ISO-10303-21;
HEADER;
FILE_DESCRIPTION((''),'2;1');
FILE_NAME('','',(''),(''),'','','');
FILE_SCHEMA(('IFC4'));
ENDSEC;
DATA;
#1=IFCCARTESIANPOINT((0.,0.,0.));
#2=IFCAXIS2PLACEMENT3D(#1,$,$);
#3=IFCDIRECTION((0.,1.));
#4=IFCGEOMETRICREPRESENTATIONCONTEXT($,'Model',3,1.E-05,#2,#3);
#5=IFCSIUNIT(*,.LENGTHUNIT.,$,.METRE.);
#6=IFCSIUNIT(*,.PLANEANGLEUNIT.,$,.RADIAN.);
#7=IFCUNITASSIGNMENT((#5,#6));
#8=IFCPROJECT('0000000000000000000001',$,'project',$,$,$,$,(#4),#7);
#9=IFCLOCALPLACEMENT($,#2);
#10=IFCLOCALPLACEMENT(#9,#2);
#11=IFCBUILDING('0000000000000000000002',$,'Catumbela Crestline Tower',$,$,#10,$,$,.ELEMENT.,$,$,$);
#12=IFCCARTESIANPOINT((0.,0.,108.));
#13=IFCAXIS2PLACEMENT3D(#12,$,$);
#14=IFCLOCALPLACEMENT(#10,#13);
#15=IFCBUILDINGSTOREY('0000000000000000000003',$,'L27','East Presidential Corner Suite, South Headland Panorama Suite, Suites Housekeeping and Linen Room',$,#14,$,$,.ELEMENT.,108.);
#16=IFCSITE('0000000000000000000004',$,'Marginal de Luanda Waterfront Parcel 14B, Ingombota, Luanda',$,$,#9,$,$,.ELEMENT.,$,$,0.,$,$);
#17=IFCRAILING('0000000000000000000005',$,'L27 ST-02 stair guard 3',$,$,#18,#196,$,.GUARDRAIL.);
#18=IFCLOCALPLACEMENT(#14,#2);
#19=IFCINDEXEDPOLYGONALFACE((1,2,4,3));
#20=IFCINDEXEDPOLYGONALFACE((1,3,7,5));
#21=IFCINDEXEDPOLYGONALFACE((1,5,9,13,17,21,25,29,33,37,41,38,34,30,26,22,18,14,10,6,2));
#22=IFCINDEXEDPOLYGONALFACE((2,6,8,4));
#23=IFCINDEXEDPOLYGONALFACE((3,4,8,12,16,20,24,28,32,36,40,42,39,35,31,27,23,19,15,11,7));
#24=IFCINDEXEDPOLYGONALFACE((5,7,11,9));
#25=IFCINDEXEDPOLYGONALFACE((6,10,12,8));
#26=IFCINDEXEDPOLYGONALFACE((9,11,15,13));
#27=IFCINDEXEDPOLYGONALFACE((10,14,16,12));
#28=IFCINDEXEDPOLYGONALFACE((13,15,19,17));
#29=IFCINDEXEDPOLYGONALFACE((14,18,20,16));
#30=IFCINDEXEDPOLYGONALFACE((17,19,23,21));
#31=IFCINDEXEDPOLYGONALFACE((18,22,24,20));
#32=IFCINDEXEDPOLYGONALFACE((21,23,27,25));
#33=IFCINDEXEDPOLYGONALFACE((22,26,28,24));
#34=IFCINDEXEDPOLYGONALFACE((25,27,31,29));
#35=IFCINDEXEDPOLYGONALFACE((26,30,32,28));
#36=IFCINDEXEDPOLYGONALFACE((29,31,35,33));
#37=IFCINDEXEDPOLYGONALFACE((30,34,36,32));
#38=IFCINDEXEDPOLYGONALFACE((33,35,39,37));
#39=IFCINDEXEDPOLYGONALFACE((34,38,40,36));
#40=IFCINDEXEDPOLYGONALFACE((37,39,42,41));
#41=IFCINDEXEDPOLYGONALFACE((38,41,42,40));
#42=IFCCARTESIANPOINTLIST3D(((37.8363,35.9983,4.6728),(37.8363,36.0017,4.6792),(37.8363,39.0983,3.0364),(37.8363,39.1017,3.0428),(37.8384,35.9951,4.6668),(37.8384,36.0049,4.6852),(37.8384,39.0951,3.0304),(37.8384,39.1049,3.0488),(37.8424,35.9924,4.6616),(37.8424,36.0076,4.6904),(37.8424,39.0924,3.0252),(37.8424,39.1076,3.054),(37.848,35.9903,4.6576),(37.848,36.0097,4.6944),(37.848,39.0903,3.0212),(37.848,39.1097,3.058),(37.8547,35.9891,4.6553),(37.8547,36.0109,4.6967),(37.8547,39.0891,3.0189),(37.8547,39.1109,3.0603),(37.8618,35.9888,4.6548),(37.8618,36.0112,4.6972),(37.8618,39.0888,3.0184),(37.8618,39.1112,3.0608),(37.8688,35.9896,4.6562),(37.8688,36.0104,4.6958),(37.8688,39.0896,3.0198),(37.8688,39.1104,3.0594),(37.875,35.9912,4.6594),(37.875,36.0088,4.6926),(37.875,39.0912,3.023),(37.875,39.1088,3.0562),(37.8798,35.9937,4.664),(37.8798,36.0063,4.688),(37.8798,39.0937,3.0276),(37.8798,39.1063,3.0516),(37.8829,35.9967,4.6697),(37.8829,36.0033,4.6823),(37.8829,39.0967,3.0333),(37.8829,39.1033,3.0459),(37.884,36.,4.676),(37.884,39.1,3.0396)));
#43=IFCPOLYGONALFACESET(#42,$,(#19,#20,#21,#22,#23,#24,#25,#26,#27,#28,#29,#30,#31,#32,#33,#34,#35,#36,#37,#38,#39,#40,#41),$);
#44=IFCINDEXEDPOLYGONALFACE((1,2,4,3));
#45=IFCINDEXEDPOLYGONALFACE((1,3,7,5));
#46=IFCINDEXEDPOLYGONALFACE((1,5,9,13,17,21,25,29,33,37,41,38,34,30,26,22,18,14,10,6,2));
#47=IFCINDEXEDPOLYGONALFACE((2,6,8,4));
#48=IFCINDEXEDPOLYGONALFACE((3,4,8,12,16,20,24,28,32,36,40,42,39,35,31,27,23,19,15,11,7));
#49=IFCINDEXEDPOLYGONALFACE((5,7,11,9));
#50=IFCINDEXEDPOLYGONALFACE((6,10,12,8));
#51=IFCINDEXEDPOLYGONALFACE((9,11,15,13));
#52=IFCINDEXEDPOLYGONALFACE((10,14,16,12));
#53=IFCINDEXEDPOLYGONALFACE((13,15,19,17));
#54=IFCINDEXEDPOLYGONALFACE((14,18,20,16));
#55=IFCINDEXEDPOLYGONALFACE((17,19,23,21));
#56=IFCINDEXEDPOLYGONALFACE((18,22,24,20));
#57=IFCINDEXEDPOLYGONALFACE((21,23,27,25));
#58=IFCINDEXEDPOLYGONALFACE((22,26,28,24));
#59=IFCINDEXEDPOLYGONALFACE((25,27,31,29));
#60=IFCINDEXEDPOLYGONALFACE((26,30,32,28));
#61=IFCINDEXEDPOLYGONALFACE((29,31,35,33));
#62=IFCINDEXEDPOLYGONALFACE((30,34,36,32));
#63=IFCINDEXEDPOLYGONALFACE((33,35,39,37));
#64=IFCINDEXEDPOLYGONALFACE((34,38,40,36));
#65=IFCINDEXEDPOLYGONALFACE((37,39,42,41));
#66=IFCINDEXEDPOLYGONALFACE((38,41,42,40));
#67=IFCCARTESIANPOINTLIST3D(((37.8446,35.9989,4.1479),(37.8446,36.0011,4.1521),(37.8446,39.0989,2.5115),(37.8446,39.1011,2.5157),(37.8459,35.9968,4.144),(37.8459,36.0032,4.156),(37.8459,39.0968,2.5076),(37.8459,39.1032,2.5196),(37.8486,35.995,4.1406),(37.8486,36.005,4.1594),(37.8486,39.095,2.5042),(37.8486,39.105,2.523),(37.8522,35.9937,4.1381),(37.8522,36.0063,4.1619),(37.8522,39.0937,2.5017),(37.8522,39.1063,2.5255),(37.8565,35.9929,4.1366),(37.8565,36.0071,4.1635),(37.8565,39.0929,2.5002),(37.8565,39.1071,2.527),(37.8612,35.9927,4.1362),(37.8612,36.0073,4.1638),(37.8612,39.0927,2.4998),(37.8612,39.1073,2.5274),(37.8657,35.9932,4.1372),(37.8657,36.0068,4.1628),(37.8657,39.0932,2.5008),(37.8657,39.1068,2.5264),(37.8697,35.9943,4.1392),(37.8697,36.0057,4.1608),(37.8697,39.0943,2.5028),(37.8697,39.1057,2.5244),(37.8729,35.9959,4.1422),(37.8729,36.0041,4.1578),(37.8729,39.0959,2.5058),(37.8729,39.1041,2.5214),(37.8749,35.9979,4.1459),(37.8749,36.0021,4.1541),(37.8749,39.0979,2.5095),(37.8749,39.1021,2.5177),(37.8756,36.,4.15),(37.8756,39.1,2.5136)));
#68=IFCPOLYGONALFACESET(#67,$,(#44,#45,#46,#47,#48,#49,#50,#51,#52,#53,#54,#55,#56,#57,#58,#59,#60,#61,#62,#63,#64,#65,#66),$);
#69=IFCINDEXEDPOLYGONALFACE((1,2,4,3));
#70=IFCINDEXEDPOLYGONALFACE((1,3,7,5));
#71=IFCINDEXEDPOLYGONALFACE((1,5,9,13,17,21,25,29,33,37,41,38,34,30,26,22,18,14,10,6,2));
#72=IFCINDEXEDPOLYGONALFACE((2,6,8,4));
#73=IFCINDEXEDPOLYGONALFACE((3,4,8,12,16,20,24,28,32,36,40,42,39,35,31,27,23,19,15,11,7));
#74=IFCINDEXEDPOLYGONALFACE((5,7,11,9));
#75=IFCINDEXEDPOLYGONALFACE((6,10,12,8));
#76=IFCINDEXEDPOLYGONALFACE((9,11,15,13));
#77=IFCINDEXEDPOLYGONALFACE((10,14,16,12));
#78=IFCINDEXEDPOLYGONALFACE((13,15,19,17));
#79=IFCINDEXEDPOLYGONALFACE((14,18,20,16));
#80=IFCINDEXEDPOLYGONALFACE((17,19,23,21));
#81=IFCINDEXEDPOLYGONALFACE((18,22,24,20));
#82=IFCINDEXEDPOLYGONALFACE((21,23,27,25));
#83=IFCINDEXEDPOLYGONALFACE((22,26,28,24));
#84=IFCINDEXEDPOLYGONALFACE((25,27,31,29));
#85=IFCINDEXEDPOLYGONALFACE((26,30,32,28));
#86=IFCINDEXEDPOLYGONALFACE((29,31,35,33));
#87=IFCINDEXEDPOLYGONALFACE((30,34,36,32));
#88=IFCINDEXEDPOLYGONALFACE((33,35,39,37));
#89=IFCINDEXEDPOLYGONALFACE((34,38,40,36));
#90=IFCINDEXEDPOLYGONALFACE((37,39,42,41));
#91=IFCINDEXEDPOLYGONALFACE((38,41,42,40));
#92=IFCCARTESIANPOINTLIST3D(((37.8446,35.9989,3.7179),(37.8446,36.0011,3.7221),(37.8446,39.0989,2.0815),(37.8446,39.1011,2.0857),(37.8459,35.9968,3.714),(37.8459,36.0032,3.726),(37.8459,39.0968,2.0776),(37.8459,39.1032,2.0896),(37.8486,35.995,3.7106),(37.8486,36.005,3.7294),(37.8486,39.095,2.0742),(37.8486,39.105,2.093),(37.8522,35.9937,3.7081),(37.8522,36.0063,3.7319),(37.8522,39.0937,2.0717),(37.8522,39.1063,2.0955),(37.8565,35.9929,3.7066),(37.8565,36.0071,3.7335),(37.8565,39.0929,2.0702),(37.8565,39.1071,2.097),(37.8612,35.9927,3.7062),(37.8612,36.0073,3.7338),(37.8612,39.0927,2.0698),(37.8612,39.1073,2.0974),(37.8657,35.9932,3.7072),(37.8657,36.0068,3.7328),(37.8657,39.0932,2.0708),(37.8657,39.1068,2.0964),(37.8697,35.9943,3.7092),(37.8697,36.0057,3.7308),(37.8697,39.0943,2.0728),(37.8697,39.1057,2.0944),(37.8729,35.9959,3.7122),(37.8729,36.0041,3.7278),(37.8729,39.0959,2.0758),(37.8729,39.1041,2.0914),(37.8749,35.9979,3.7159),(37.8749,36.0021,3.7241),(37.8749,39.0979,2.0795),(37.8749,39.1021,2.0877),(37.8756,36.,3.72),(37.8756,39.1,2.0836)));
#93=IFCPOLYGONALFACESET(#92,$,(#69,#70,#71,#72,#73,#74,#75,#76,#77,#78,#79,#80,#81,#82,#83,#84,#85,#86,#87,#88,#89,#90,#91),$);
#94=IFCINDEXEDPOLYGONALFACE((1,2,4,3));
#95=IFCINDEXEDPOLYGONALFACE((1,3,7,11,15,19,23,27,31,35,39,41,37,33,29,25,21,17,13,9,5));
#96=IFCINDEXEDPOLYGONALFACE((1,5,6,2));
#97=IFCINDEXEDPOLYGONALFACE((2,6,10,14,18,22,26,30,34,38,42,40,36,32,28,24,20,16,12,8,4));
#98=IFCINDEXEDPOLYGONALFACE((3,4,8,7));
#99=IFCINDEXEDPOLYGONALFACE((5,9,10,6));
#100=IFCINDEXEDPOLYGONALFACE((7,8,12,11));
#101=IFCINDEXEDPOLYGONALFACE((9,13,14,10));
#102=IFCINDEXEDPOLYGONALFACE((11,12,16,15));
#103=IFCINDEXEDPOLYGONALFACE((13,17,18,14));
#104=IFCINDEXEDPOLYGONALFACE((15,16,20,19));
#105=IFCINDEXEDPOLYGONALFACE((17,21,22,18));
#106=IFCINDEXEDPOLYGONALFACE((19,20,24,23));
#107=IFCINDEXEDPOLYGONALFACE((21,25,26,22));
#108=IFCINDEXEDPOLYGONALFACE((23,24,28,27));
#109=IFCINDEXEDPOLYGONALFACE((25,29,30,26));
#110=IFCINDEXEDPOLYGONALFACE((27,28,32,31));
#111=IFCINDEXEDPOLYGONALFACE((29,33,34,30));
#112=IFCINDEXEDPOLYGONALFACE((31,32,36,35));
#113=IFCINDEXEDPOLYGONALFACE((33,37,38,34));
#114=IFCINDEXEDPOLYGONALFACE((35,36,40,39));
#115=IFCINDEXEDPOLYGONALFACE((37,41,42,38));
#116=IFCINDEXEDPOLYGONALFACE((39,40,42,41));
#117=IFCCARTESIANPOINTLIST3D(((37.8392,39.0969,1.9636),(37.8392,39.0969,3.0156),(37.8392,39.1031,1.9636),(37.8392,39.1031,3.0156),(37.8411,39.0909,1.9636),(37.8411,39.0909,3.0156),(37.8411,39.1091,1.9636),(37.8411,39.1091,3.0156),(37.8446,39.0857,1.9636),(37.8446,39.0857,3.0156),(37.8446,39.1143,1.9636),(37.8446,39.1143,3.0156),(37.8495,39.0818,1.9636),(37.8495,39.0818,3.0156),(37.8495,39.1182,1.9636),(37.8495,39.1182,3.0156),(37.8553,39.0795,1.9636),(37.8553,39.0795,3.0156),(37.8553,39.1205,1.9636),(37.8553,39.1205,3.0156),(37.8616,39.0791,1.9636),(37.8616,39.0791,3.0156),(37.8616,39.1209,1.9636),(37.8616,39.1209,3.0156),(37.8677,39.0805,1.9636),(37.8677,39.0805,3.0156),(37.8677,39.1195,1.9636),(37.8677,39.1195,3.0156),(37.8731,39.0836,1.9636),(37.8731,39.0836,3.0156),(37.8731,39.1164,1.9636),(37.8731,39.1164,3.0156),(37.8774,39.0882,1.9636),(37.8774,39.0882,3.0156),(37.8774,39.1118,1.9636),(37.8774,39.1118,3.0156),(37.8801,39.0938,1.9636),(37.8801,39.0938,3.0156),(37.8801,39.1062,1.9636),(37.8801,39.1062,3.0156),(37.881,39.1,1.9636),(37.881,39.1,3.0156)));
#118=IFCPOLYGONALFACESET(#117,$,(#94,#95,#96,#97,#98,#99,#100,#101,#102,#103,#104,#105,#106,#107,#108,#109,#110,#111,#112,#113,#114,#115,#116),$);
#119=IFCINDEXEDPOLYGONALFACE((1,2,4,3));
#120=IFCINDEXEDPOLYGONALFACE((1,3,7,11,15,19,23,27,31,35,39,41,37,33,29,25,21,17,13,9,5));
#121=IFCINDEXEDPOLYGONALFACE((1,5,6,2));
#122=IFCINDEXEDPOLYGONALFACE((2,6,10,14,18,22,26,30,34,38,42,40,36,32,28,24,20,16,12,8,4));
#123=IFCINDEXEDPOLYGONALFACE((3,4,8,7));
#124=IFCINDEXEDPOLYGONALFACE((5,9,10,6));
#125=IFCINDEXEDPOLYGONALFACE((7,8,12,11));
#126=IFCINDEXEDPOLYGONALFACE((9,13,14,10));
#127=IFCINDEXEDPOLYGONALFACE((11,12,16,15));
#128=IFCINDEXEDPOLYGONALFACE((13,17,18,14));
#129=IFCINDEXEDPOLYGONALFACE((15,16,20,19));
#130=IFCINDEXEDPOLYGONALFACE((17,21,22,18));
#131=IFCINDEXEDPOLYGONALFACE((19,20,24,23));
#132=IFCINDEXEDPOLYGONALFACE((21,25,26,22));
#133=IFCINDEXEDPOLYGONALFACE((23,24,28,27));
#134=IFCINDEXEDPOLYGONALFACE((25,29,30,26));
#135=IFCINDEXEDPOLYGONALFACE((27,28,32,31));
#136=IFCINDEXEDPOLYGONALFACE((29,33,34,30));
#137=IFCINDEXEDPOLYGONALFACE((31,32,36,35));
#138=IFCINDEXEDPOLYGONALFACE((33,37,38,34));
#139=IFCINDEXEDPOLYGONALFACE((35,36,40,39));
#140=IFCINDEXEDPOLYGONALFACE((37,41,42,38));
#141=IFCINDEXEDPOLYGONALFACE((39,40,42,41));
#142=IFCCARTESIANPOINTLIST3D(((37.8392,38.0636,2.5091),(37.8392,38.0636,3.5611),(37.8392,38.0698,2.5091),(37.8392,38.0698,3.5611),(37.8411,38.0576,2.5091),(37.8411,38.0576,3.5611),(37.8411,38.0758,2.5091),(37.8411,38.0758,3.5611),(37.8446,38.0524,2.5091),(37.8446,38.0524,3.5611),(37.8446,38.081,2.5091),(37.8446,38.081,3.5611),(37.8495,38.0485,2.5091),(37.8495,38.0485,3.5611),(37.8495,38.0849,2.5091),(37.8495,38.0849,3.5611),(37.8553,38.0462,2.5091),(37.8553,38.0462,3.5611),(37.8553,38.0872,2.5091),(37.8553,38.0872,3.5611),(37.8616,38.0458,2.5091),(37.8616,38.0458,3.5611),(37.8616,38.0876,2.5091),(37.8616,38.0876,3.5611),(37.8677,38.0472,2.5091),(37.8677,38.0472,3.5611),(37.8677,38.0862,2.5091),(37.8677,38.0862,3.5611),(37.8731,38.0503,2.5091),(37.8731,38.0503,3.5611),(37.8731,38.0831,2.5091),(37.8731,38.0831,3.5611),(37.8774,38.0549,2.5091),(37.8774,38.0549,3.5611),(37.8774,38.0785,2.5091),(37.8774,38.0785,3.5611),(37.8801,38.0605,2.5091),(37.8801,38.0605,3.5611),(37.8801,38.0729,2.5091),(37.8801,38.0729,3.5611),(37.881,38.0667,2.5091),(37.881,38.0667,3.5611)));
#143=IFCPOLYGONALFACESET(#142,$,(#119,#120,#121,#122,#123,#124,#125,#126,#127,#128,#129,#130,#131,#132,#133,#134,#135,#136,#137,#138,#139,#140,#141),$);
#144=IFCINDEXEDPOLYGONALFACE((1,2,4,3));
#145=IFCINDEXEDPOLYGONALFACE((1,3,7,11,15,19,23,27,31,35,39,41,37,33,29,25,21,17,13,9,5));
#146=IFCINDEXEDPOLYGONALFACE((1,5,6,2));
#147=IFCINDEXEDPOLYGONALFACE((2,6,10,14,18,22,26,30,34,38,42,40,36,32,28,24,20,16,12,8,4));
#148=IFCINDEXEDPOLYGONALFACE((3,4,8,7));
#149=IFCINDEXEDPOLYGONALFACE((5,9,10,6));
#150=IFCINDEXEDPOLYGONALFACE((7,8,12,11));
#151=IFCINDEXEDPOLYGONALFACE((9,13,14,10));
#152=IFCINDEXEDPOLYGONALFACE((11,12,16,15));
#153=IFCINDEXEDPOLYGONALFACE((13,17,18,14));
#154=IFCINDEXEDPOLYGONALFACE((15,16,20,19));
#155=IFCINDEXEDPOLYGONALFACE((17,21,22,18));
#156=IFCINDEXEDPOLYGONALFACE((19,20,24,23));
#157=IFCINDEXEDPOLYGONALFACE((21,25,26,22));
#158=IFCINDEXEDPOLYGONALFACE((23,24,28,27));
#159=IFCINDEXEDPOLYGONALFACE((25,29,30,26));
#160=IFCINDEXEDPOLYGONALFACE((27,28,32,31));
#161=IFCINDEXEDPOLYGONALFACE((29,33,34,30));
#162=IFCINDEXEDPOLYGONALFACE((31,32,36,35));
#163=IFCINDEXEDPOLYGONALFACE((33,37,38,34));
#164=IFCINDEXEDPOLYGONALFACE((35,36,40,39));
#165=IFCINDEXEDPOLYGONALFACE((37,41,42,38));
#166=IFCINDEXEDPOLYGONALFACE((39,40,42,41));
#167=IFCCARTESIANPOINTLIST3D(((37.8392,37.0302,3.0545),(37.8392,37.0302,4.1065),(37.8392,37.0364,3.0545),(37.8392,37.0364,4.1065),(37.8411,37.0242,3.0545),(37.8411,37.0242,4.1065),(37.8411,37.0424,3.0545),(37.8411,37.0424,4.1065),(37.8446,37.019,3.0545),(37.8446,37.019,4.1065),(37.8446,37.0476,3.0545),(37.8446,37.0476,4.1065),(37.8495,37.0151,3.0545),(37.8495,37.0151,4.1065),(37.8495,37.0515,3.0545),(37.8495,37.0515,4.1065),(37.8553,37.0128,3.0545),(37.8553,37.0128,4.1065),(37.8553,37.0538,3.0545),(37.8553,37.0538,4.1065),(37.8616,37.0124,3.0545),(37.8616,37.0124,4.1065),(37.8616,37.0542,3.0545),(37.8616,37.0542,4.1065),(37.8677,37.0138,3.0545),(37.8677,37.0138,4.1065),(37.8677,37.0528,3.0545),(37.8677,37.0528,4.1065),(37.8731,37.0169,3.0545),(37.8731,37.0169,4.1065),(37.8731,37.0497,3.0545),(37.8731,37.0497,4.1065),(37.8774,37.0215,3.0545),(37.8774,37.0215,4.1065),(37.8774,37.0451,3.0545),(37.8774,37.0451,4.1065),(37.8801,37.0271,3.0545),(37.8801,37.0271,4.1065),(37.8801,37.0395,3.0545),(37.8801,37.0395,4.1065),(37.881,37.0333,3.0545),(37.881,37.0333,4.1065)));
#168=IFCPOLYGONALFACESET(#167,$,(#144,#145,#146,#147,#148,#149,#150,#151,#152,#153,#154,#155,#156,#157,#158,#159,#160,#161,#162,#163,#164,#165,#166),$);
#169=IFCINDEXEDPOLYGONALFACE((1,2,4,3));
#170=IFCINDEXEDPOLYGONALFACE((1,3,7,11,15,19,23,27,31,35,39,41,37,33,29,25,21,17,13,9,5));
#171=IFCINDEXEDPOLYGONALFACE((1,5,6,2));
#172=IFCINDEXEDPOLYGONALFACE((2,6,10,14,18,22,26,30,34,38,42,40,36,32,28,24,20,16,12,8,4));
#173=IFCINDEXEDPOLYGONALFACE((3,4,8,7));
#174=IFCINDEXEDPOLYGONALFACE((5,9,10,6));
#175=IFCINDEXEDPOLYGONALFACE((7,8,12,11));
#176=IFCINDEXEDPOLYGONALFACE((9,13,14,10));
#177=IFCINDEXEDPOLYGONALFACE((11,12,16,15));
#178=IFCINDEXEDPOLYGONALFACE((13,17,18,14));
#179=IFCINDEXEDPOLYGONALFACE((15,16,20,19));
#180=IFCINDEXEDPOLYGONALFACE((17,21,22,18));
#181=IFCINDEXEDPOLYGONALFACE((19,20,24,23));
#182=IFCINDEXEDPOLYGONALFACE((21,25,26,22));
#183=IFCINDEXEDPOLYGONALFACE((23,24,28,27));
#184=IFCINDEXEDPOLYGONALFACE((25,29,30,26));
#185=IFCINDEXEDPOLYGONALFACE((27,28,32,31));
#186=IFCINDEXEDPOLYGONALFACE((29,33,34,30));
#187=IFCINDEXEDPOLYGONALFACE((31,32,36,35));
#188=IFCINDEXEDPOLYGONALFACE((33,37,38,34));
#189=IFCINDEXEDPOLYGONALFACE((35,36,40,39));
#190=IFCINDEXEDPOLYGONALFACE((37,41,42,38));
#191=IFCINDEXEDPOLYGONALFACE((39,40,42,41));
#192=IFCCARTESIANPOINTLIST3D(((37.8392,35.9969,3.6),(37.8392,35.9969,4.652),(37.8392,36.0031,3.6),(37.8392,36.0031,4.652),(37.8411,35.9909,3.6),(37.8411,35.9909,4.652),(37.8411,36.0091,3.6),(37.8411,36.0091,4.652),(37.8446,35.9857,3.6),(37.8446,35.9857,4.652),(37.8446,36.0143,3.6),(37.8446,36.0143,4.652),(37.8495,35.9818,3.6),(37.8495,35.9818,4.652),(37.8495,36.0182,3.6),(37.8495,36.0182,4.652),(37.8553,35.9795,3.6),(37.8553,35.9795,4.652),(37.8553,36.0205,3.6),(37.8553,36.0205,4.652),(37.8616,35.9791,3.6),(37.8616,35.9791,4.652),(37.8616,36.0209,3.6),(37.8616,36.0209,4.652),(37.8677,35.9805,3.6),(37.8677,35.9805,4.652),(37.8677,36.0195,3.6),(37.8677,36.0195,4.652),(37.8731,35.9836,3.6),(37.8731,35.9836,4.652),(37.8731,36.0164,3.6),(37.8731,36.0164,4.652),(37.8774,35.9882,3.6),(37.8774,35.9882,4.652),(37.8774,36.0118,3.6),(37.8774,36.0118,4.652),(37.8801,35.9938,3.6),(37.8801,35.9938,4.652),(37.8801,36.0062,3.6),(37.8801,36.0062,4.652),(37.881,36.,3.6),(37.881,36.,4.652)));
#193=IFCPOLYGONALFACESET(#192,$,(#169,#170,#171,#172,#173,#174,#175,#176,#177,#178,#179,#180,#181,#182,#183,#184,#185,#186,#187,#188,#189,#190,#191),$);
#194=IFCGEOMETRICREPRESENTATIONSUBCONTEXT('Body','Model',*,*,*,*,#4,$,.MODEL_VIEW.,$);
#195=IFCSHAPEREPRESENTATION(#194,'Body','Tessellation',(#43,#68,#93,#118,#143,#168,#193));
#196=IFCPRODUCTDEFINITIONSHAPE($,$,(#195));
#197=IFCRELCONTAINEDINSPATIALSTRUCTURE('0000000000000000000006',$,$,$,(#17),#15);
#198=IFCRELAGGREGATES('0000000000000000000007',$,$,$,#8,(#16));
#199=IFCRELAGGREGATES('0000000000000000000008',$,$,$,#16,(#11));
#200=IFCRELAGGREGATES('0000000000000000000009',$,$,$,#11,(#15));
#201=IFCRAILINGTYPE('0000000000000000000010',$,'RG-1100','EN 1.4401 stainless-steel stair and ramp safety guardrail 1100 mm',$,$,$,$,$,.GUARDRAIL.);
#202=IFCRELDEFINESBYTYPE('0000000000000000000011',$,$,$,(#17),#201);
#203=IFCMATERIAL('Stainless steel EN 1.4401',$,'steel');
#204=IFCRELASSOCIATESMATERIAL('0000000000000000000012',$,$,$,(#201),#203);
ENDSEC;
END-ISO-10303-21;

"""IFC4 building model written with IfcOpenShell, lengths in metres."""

from ifc_helpers import new_model, si_unit, direction, frame, origin, origin_2d, place, context, subcontext, project, spatial, circle, extrude, material, type_object, element, save


model = new_model("IFC4")

# Units and contexts
model_context = context("Model", 3, precision=1e-05, world=origin(), true_north=direction((0.0, 1.0)))
body_context = subcontext(model_context, "Body", "Model", "MODEL_VIEW")
ifc_project = project(units=[si_unit("LENGTHUNIT", "METRE"), si_unit("PLANEANGLEUNIT", "RADIAN")], contexts=[model_context])

# Site, building, storey
site_placement = place(None, origin())
site = spatial("IfcSite", under=ifc_project, at=site_placement, Name="Marginal de Luanda Waterfront Parcel 14B, Ingombota, Luanda", CompositionType="ELEMENT", RefElevation=0.0)
building_placement = place(site_placement, origin())
building = spatial("IfcBuilding", under=site, at=building_placement, Name="Catumbela Crestline Tower", CompositionType="ELEMENT")
storey_placement = place(building_placement, frame((0.0, 0.0, 108.0)))
storey = spatial("IfcBuildingStorey", under=building, at=storey_placement, Name="L27", Description="East Presidential Corner Suite, South Headland Panorama Suite, Suites Housekeeping and Linen Room", CompositionType="ELEMENT", Elevation=108.0)

# Shared definitions
ifc_material_1 = material(Name="Stainless steel EN 1.4401", Category="steel")

# Railing
railing_type_1 = type_object("IfcRailingType", Name="RG-1100", Description="EN 1.4401 stainless-steel stair and ramp safety guardrail 1100 mm", PredefinedType="GUARDRAIL", material=ifc_material_1)
railing_1_placement = place(storey_placement, frame((37.86, 39.1, 1.9636)))
element("IfcRailing", 1, at=railing_1_placement, inside=storey, type_object=railing_type_1, Name="L27 ST-02 stair guard 3", PredefinedType="GUARDRAIL", context=body_context, shape_type="SweptSolid", body=[
    extrude(circle(Radius=0.024, at=origin_2d()), frame((0.0, 0.0, 1.076), z_axis=(0.0, -0.884351, 0.466823), x_axis=(1.0, 0.0, 0.0)), (0.0, 0.0, 1.0), 3.5054),
    extrude(circle(Radius=0.0156, at=origin_2d()), frame((0.0, 0.0, 0.55), z_axis=(0.0, -0.884351, 0.466823), x_axis=(1.0, 0.0, 0.0)), (0.0, 0.0, 1.0), 3.5054),
    extrude(circle(Radius=0.0156, at=origin_2d()), frame((0.0, 0.0, 0.12), z_axis=(0.0, -0.884351, 0.466823), x_axis=(1.0, 0.0, 0.0)), (0.0, 0.0, 1.0), 3.5054),
    extrude(circle(Radius=0.021, at=origin_2d()), origin(), (0.0, 0.0, 1.0), 1.052),
    extrude(circle(Radius=0.021, at=origin_2d()), frame((0.0, -1.0333, 0.5455)), (0.0, 0.0, 1.0), 1.052),
    extrude(circle(Radius=0.021, at=origin_2d()), frame((0.0, -2.0667, 1.0909)), (0.0, 0.0, 1.0), 1.052),
    extrude(circle(Radius=0.021, at=origin_2d()), frame((0.0, -3.1, 1.6364)), (0.0, 0.0, 1.0), 1.052),
])

save(model, "model.ifc")
